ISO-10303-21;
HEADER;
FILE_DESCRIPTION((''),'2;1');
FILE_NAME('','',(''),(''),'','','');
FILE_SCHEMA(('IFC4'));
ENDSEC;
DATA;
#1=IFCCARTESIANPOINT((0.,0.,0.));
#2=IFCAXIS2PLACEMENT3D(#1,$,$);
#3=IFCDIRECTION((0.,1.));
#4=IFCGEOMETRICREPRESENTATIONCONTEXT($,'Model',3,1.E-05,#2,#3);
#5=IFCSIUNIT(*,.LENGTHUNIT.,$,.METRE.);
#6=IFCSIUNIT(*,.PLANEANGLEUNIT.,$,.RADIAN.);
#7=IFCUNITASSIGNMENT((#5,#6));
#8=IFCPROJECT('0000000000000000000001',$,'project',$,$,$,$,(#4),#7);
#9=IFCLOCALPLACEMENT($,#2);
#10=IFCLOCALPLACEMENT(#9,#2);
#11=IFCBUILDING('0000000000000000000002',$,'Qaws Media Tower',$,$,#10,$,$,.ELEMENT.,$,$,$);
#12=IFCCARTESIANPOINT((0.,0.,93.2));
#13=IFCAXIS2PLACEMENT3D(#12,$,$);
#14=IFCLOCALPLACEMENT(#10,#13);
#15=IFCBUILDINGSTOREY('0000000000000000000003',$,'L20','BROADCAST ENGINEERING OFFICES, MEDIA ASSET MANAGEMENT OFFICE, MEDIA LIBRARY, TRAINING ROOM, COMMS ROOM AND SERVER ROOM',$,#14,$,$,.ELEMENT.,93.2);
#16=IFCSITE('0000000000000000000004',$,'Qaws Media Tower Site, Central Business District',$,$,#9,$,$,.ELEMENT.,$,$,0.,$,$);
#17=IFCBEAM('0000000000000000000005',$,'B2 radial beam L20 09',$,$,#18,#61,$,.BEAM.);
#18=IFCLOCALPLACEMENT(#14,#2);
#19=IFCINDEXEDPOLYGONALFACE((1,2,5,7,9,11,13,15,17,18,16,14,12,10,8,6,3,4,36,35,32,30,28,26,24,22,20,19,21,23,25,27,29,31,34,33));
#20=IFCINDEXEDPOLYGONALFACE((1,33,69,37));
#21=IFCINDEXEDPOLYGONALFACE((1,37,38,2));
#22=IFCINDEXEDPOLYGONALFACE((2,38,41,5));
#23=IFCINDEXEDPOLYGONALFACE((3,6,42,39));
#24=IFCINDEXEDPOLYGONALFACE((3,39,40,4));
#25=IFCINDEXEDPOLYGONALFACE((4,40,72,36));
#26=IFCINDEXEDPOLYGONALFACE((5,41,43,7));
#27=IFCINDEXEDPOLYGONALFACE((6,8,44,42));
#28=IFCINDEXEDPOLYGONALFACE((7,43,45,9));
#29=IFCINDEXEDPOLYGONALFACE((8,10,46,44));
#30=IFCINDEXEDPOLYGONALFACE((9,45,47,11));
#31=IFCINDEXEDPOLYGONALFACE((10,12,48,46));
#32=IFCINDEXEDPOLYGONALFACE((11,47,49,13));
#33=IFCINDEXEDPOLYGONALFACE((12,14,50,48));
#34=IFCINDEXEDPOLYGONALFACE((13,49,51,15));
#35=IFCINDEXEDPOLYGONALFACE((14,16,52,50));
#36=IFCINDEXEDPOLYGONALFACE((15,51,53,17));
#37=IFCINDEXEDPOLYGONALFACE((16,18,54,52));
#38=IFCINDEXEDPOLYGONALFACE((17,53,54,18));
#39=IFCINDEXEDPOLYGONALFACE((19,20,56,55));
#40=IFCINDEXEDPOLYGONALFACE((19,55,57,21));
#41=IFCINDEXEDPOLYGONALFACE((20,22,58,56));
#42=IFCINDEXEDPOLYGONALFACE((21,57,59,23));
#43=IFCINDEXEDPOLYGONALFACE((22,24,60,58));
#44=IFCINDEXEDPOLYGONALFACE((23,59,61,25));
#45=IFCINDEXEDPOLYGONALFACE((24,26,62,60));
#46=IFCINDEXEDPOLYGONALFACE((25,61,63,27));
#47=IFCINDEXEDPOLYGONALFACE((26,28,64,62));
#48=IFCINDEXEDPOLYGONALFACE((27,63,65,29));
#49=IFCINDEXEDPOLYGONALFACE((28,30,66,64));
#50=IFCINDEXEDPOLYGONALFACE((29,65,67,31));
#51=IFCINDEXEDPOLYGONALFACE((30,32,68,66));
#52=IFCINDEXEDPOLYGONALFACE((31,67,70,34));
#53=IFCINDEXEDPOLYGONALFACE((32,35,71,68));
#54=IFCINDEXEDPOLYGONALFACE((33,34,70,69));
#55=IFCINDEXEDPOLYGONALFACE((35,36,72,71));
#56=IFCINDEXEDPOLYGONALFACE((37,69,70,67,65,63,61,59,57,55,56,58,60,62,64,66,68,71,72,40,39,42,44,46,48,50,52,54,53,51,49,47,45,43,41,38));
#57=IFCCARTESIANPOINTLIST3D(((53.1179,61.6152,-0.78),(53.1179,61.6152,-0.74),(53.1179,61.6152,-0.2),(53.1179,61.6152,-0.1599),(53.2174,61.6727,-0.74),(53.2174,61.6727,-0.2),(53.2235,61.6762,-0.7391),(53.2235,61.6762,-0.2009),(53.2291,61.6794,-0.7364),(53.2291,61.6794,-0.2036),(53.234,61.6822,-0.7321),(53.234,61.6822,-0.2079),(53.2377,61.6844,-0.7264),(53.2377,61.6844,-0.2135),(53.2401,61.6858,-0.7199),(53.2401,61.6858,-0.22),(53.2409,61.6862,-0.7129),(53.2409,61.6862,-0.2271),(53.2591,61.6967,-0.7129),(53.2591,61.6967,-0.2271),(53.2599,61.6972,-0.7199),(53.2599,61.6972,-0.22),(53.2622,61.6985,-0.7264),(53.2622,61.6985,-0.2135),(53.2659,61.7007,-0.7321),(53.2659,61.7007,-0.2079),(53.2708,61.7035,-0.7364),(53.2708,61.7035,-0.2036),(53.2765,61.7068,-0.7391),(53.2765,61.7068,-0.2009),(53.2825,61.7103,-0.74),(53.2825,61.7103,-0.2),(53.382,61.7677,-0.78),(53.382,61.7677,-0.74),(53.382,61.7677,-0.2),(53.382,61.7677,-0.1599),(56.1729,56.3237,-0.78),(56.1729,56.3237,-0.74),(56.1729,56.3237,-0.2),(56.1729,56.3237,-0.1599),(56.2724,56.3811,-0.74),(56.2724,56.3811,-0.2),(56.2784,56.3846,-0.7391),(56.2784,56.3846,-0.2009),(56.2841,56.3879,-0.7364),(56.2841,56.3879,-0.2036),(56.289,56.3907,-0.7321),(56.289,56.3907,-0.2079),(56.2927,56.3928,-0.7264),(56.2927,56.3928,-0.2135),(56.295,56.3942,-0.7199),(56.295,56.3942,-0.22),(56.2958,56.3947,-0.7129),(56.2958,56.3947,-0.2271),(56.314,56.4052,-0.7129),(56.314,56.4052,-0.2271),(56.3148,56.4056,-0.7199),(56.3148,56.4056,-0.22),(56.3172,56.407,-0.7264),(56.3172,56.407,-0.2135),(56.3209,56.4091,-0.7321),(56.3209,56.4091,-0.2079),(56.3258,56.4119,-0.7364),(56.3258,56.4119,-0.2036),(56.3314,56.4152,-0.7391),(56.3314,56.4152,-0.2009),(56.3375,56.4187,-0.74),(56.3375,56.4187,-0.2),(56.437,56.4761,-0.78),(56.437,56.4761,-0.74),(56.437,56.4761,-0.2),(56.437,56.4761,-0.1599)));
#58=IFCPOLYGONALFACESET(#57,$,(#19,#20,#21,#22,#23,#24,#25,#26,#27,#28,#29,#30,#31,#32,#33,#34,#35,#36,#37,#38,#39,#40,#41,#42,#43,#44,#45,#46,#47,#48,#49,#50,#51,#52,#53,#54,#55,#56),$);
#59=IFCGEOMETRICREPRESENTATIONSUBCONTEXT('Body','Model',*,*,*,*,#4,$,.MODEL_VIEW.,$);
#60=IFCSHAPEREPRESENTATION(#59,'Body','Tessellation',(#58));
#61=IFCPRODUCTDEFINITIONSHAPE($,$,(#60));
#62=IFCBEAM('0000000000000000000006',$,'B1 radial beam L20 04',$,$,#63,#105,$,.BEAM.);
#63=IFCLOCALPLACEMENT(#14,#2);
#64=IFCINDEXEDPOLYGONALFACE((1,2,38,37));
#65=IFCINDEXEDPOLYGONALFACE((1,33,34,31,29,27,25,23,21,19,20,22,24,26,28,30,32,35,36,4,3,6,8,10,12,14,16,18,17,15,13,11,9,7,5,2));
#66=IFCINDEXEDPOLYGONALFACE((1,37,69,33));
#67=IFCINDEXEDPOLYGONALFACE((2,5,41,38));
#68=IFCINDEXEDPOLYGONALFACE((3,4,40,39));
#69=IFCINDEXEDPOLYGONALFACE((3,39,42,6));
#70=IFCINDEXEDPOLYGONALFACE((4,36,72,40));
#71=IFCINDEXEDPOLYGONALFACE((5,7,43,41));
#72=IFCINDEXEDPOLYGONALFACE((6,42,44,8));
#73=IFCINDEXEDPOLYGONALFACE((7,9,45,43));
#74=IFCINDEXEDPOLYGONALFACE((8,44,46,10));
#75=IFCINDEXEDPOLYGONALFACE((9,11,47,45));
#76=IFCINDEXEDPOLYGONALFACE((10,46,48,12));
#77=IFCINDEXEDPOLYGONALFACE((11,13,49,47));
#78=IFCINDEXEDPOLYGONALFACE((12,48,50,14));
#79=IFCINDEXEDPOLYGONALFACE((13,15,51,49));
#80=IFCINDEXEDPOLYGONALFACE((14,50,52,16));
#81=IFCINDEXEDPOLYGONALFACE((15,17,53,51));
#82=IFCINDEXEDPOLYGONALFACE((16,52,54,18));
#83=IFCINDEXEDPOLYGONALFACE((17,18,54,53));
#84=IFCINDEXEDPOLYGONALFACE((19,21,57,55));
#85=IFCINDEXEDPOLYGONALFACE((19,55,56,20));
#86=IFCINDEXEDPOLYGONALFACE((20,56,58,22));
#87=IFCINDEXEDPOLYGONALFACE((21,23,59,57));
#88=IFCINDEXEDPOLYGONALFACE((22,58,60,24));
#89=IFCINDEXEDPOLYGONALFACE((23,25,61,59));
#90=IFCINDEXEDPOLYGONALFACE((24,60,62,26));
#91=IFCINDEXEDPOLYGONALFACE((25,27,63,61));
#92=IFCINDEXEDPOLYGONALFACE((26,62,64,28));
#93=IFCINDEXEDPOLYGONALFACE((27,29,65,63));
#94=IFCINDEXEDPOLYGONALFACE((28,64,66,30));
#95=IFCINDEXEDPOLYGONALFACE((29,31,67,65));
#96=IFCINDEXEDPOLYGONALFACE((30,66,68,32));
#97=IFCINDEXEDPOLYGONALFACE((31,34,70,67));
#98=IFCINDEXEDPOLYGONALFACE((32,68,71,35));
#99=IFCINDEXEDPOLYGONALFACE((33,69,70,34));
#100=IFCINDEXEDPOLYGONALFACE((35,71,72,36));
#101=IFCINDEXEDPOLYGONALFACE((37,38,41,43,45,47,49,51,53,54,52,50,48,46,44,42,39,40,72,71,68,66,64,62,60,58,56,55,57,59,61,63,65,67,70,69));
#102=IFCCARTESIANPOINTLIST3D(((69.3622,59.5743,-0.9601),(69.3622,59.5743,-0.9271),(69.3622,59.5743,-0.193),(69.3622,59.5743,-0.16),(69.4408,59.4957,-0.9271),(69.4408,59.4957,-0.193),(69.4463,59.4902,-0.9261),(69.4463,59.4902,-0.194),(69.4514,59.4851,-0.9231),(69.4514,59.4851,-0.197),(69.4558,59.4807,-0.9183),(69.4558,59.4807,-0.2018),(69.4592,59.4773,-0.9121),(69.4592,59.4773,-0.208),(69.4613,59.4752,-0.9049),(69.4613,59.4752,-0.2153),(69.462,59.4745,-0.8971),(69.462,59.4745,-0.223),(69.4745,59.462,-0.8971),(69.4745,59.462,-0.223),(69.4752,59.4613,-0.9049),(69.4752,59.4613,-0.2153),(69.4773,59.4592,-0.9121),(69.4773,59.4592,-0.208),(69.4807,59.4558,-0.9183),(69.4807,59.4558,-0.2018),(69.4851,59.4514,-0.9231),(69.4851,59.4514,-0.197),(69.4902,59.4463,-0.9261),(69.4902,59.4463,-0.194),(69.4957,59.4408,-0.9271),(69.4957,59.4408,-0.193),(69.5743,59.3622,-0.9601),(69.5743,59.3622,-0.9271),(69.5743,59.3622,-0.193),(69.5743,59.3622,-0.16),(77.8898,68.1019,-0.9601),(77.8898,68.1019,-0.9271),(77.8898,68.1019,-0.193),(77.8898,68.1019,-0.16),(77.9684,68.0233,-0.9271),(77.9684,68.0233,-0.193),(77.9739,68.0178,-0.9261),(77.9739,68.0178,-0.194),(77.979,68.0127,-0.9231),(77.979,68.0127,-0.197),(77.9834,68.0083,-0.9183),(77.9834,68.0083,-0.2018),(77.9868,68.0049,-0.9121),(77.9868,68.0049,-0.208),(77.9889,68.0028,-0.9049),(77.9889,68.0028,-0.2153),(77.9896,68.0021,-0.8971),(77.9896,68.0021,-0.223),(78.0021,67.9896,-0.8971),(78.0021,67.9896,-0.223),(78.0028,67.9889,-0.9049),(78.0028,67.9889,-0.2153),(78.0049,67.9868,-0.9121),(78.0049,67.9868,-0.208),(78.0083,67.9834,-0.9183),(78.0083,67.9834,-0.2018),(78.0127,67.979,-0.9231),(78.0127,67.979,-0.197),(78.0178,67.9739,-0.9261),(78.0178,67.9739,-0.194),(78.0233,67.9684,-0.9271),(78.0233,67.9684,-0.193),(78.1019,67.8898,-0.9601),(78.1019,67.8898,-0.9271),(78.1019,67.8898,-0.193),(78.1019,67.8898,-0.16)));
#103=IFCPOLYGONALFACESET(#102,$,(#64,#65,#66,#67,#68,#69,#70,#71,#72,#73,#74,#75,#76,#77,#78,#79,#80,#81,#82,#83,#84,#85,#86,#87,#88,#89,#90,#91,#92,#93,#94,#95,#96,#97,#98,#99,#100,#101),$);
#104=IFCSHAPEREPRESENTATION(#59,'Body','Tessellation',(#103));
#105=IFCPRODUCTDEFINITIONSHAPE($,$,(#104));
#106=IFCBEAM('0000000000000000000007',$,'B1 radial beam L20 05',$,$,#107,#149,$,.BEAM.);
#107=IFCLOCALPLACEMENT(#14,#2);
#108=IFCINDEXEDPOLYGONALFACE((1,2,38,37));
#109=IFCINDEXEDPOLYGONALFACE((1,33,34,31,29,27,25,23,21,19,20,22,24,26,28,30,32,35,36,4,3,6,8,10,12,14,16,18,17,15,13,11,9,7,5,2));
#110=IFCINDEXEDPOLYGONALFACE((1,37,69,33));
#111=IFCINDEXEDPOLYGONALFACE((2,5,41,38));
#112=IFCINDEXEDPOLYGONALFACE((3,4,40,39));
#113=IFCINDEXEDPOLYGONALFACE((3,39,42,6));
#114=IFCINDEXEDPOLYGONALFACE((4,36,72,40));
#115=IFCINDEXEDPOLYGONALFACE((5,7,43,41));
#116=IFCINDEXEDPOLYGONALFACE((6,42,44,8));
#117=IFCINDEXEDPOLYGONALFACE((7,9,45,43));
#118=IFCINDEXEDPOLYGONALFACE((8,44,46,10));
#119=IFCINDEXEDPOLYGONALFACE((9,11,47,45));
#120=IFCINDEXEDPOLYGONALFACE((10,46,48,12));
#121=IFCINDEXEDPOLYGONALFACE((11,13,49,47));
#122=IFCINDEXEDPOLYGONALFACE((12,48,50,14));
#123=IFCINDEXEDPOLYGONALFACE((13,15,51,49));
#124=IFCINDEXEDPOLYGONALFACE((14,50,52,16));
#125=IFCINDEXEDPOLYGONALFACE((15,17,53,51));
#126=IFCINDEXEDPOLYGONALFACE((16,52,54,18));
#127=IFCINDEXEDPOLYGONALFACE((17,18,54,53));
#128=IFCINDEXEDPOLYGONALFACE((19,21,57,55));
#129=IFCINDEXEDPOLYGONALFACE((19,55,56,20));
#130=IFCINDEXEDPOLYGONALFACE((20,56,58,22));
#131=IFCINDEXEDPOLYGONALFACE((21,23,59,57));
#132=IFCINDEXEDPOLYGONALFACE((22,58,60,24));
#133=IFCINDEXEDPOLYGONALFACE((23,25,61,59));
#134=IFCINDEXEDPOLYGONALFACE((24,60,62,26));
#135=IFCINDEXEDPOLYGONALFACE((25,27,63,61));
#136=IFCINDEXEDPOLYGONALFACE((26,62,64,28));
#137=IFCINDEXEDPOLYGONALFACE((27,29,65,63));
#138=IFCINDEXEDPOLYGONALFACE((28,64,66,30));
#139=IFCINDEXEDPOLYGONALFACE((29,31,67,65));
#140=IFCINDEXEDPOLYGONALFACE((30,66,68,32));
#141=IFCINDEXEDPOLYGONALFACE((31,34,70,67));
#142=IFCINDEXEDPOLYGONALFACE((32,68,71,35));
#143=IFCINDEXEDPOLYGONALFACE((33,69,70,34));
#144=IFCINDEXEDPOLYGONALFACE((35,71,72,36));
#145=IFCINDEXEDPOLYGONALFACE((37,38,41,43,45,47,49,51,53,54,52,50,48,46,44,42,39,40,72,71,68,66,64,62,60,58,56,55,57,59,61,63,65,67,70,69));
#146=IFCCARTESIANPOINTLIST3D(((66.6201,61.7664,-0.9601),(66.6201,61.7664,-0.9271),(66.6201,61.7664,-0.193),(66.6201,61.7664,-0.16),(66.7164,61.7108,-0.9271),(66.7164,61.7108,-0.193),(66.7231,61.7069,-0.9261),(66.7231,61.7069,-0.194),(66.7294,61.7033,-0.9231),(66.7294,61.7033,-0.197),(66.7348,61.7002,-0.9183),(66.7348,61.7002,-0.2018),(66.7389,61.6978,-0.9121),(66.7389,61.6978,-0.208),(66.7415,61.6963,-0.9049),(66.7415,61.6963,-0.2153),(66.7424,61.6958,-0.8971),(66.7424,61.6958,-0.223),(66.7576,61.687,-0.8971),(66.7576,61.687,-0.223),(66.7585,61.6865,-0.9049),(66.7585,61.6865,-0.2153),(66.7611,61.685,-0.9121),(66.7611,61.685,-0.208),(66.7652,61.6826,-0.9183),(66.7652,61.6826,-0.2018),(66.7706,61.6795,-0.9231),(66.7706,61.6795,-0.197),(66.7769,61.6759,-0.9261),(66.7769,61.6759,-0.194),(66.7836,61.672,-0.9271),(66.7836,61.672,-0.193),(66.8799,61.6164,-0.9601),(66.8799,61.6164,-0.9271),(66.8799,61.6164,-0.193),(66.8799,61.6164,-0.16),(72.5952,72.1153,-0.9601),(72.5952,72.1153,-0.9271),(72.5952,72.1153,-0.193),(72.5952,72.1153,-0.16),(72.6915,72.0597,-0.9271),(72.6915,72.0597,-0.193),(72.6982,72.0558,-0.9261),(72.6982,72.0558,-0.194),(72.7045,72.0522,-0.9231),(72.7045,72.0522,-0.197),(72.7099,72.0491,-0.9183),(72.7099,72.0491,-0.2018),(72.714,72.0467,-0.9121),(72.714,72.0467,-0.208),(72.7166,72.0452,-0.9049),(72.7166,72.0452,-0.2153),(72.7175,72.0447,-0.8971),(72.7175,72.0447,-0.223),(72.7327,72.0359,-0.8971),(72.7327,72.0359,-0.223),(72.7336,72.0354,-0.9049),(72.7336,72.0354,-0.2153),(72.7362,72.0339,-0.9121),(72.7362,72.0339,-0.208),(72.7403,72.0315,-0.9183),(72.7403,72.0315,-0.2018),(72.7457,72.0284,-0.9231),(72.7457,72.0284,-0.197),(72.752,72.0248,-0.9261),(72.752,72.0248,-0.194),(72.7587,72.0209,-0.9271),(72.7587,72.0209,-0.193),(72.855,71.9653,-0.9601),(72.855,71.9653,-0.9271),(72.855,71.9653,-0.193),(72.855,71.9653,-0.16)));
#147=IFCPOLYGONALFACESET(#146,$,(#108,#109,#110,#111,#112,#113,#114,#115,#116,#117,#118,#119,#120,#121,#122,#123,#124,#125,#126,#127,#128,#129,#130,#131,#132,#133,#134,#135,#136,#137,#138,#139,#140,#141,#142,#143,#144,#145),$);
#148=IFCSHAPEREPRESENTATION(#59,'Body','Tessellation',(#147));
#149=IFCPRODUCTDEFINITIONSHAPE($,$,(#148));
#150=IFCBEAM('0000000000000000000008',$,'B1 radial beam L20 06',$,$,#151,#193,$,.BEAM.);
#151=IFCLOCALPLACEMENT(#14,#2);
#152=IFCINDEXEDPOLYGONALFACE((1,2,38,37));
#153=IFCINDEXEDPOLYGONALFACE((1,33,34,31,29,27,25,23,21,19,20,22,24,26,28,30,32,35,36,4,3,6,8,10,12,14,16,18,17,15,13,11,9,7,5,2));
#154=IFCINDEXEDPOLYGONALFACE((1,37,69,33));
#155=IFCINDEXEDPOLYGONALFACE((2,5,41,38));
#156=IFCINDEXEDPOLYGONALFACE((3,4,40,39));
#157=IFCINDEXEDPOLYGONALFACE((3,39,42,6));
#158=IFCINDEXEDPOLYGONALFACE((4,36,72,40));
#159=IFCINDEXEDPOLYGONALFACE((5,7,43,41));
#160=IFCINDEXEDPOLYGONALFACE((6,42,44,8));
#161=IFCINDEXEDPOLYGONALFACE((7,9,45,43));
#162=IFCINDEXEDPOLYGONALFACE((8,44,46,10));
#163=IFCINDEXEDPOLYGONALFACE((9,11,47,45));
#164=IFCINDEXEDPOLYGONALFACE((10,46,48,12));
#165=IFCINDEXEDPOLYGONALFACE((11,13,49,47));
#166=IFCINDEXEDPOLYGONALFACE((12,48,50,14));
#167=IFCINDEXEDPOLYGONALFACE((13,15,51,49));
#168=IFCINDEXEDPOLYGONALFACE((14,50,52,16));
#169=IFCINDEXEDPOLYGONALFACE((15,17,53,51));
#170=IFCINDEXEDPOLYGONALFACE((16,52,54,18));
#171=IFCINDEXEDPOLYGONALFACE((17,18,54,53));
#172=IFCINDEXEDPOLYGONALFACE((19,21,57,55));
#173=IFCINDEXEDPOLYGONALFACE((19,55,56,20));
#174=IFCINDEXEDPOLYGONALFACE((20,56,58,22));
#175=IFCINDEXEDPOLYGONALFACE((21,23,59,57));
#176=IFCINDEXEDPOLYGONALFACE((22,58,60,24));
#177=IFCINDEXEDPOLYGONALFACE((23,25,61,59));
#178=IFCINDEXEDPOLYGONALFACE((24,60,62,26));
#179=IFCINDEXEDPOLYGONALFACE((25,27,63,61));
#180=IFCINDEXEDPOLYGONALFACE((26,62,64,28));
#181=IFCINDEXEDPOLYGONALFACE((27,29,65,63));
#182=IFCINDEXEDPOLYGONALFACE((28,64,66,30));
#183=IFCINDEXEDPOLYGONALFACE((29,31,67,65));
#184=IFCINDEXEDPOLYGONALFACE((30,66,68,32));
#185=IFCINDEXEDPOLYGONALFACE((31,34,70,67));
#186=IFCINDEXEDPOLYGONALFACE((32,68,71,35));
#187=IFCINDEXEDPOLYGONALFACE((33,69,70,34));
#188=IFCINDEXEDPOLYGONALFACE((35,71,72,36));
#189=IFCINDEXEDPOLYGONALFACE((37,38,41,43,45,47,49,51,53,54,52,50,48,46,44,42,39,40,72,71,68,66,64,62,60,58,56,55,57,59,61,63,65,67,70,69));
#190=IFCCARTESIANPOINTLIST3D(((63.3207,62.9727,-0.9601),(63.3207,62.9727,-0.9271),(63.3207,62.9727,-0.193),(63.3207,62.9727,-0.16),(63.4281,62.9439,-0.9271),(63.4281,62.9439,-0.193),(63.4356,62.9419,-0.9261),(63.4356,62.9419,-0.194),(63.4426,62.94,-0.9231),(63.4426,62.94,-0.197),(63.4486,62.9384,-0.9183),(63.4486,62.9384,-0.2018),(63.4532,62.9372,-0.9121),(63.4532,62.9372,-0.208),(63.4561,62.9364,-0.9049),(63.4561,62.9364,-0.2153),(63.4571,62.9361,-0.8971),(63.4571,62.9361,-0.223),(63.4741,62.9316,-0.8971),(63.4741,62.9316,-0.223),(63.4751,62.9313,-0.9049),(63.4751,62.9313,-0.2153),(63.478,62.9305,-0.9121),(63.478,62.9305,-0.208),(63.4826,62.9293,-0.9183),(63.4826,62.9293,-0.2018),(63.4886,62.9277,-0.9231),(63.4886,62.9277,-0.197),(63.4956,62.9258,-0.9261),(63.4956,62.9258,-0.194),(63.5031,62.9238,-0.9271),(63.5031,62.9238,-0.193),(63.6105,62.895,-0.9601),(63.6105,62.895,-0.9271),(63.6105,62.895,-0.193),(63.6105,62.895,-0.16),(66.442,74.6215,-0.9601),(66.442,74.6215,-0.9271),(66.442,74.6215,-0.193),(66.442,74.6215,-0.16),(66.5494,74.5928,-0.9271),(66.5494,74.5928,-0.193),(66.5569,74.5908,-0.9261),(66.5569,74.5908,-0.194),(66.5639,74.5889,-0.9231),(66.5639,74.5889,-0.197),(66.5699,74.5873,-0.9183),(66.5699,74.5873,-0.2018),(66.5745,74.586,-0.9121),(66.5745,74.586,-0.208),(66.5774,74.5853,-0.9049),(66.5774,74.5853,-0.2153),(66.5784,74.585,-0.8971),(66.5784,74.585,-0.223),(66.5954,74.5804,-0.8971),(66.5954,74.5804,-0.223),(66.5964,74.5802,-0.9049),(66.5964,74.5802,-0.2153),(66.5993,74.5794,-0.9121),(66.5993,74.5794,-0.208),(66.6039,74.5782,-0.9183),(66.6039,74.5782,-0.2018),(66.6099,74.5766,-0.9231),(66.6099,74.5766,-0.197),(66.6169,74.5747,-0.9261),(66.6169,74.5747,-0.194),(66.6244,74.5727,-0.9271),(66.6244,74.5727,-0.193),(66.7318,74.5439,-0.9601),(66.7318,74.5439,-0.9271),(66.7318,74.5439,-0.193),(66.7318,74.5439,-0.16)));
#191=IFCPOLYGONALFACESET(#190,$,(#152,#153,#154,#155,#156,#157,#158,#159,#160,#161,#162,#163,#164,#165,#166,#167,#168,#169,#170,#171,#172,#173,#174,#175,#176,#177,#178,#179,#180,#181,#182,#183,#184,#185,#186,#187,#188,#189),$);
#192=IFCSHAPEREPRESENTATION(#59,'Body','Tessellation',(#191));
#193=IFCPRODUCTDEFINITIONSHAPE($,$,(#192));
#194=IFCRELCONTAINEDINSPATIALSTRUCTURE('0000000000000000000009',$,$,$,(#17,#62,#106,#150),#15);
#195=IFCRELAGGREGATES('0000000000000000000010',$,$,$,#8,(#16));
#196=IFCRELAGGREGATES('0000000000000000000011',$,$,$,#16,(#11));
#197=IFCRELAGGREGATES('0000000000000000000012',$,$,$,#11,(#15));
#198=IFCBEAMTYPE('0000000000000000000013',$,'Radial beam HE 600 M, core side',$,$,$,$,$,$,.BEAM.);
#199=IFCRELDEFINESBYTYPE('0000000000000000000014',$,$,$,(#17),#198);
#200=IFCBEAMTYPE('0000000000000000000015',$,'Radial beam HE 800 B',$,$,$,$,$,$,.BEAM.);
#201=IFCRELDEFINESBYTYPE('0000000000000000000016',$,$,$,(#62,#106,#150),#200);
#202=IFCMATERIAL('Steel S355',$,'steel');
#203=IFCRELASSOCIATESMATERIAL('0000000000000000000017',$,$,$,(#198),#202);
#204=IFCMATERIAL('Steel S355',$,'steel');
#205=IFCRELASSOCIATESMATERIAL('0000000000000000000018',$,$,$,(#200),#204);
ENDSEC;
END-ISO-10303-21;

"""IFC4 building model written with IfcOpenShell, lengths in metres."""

from ifc_helpers import new_model, si_unit, direction, frame, origin, origin_2d, place, context, subcontext, project, spatial, i_section, extrude, material, material_profile, profile_set, type_object, element, save


model = new_model("IFC4")

# Units and contexts
model_context = context("Model", 3, precision=1e-05, world=origin(), true_north=direction((0.0, 1.0)))
body_context = subcontext(model_context, "Body", "Model", "MODEL_VIEW")
ifc_project = project(units=[si_unit("LENGTHUNIT", "METRE"), si_unit("PLANEANGLEUNIT", "RADIAN")], contexts=[model_context])

# Site, building, storey
site_placement = place(None, origin())
site = spatial("IfcSite", under=ifc_project, at=site_placement, Name="Qaws Media Tower Site, Central Business District", CompositionType="ELEMENT", RefElevation=0.0)
building_placement = place(site_placement, origin())
building = spatial("IfcBuilding", under=site, at=building_placement, Name="Qaws Media Tower", CompositionType="ELEMENT")
storey_placement = place(building_placement, frame((0.0, 0.0, 93.2)))
storey = spatial("IfcBuildingStorey", under=building, at=storey_placement, Name="L20", Description="BROADCAST ENGINEERING OFFICES, MEDIA ASSET MANAGEMENT OFFICE, MEDIA LIBRARY, TRAINING ROOM, COMMS ROOM AND SERVER ROOM", CompositionType="ELEMENT", Elevation=93.2)

# Beams
ifc_material_1 = material(Name="Steel S355", Category="steel")
ifc_material_profile_1 = material_profile(ifc_material_1, i_section(OverallWidth=0.3049, OverallDepth=0.6201, WebThickness=0.021, FlangeThickness=0.04, FilletRadius=0.0271, at=origin_2d()), Name="HE 600 M")
ifc_profile_set_1 = profile_set([ifc_material_profile_1], Name="Steel S355")
beam_type_1 = type_object("IfcBeamType", Name="Radial beam HE 600 M, core side", PredefinedType="BEAM", material=ifc_profile_set_1)
beam_1_placement = place(storey_placement, frame((56.3049, 56.3999, -0.47), z_axis=(-0.499985, 0.866034, 0.0), x_axis=(-0.866034, -0.499985, 0.0)))
element("IfcBeam", 1, at=beam_1_placement, inside=storey, type_object=beam_type_1, Name="B2 radial beam L20 09", PredefinedType="BEAM", context=body_context, shape_type="SweptSolid", body=[
    extrude(i_section(OverallWidth=0.3049, OverallDepth=0.6201, WebThickness=0.021, FlangeThickness=0.04, FilletRadius=0.0271, at=origin_2d()), origin(), (0.0, 0.0, 1.0), 6.1101),
])
ifc_material_2 = material(Name="Steel S355", Category="steel")
ifc_material_profile_2 = material_profile(ifc_material_2, i_section(OverallWidth=0.3, OverallDepth=0.8, WebThickness=0.0176, FlangeThickness=0.033, FilletRadius=0.03, at=origin_2d()), Name="HE 800 B")
ifc_profile_set_2 = profile_set([ifc_material_profile_2], Name="Steel S355")
beam_type_2 = type_object("IfcBeamType", Name="Radial beam HE 800 B", PredefinedType="BEAM", material=ifc_profile_set_2)
beam_2_placement = place(storey_placement, frame((69.4683, 59.4683, -0.5601), z_axis=(0.707107, 0.707107, 0.0), x_axis=(-0.707107, 0.707107, 0.0)))
element("IfcBeam", 2, at=beam_2_placement, inside=storey, type_object=beam_type_2, Name="B1 radial beam L20 04", PredefinedType="BEAM", context=body_context, shape_type="SweptSolid", body=[
    extrude(i_section(OverallWidth=0.3, OverallDepth=0.8, WebThickness=0.0176, FlangeThickness=0.033, FilletRadius=0.03, at=origin_2d()), origin(), (0.0, 0.0, 1.0), 12.0598),
])
beam_3_placement = place(storey_placement, frame((66.75, 61.6914, -0.5601), z_axis=(0.500011, 0.866019, 0.0), x_axis=(-0.866019, 0.500011, 0.0)))
element("IfcBeam", 3, at=beam_3_placement, inside=storey, type_object=beam_type_2, Name="B1 radial beam L20 05", PredefinedType="BEAM", context=body_context, shape_type="SweptSolid", body=[
    extrude(i_section(OverallWidth=0.3, OverallDepth=0.8, WebThickness=0.0176, FlangeThickness=0.033, FilletRadius=0.03, at=origin_2d()), origin(), (0.0, 0.0, 1.0), 11.95),
])
for number, where, z_axis, x_axis, name in (
    (4, (63.4656, 62.9338, -0.5601), (0.25882, 0.965925, 0.0), (-0.965925, 0.25882, 0.0), "B1 radial beam L20 06"),
):
    element("IfcBeam", number, at=place(storey_placement, frame(where, z_axis=z_axis, x_axis=x_axis)), inside=storey, type_object=beam_type_2, Name=name, PredefinedType="BEAM", context=body_context, shape_type="SweptSolid", body=[
        extrude(i_section(OverallWidth=0.3, OverallDepth=0.8, WebThickness=0.0176, FlangeThickness=0.033, FilletRadius=0.03, at=origin_2d()), origin(), (0.0, 0.0, 1.0), 12.0598),
    ])

save(model, "model.ifc")
